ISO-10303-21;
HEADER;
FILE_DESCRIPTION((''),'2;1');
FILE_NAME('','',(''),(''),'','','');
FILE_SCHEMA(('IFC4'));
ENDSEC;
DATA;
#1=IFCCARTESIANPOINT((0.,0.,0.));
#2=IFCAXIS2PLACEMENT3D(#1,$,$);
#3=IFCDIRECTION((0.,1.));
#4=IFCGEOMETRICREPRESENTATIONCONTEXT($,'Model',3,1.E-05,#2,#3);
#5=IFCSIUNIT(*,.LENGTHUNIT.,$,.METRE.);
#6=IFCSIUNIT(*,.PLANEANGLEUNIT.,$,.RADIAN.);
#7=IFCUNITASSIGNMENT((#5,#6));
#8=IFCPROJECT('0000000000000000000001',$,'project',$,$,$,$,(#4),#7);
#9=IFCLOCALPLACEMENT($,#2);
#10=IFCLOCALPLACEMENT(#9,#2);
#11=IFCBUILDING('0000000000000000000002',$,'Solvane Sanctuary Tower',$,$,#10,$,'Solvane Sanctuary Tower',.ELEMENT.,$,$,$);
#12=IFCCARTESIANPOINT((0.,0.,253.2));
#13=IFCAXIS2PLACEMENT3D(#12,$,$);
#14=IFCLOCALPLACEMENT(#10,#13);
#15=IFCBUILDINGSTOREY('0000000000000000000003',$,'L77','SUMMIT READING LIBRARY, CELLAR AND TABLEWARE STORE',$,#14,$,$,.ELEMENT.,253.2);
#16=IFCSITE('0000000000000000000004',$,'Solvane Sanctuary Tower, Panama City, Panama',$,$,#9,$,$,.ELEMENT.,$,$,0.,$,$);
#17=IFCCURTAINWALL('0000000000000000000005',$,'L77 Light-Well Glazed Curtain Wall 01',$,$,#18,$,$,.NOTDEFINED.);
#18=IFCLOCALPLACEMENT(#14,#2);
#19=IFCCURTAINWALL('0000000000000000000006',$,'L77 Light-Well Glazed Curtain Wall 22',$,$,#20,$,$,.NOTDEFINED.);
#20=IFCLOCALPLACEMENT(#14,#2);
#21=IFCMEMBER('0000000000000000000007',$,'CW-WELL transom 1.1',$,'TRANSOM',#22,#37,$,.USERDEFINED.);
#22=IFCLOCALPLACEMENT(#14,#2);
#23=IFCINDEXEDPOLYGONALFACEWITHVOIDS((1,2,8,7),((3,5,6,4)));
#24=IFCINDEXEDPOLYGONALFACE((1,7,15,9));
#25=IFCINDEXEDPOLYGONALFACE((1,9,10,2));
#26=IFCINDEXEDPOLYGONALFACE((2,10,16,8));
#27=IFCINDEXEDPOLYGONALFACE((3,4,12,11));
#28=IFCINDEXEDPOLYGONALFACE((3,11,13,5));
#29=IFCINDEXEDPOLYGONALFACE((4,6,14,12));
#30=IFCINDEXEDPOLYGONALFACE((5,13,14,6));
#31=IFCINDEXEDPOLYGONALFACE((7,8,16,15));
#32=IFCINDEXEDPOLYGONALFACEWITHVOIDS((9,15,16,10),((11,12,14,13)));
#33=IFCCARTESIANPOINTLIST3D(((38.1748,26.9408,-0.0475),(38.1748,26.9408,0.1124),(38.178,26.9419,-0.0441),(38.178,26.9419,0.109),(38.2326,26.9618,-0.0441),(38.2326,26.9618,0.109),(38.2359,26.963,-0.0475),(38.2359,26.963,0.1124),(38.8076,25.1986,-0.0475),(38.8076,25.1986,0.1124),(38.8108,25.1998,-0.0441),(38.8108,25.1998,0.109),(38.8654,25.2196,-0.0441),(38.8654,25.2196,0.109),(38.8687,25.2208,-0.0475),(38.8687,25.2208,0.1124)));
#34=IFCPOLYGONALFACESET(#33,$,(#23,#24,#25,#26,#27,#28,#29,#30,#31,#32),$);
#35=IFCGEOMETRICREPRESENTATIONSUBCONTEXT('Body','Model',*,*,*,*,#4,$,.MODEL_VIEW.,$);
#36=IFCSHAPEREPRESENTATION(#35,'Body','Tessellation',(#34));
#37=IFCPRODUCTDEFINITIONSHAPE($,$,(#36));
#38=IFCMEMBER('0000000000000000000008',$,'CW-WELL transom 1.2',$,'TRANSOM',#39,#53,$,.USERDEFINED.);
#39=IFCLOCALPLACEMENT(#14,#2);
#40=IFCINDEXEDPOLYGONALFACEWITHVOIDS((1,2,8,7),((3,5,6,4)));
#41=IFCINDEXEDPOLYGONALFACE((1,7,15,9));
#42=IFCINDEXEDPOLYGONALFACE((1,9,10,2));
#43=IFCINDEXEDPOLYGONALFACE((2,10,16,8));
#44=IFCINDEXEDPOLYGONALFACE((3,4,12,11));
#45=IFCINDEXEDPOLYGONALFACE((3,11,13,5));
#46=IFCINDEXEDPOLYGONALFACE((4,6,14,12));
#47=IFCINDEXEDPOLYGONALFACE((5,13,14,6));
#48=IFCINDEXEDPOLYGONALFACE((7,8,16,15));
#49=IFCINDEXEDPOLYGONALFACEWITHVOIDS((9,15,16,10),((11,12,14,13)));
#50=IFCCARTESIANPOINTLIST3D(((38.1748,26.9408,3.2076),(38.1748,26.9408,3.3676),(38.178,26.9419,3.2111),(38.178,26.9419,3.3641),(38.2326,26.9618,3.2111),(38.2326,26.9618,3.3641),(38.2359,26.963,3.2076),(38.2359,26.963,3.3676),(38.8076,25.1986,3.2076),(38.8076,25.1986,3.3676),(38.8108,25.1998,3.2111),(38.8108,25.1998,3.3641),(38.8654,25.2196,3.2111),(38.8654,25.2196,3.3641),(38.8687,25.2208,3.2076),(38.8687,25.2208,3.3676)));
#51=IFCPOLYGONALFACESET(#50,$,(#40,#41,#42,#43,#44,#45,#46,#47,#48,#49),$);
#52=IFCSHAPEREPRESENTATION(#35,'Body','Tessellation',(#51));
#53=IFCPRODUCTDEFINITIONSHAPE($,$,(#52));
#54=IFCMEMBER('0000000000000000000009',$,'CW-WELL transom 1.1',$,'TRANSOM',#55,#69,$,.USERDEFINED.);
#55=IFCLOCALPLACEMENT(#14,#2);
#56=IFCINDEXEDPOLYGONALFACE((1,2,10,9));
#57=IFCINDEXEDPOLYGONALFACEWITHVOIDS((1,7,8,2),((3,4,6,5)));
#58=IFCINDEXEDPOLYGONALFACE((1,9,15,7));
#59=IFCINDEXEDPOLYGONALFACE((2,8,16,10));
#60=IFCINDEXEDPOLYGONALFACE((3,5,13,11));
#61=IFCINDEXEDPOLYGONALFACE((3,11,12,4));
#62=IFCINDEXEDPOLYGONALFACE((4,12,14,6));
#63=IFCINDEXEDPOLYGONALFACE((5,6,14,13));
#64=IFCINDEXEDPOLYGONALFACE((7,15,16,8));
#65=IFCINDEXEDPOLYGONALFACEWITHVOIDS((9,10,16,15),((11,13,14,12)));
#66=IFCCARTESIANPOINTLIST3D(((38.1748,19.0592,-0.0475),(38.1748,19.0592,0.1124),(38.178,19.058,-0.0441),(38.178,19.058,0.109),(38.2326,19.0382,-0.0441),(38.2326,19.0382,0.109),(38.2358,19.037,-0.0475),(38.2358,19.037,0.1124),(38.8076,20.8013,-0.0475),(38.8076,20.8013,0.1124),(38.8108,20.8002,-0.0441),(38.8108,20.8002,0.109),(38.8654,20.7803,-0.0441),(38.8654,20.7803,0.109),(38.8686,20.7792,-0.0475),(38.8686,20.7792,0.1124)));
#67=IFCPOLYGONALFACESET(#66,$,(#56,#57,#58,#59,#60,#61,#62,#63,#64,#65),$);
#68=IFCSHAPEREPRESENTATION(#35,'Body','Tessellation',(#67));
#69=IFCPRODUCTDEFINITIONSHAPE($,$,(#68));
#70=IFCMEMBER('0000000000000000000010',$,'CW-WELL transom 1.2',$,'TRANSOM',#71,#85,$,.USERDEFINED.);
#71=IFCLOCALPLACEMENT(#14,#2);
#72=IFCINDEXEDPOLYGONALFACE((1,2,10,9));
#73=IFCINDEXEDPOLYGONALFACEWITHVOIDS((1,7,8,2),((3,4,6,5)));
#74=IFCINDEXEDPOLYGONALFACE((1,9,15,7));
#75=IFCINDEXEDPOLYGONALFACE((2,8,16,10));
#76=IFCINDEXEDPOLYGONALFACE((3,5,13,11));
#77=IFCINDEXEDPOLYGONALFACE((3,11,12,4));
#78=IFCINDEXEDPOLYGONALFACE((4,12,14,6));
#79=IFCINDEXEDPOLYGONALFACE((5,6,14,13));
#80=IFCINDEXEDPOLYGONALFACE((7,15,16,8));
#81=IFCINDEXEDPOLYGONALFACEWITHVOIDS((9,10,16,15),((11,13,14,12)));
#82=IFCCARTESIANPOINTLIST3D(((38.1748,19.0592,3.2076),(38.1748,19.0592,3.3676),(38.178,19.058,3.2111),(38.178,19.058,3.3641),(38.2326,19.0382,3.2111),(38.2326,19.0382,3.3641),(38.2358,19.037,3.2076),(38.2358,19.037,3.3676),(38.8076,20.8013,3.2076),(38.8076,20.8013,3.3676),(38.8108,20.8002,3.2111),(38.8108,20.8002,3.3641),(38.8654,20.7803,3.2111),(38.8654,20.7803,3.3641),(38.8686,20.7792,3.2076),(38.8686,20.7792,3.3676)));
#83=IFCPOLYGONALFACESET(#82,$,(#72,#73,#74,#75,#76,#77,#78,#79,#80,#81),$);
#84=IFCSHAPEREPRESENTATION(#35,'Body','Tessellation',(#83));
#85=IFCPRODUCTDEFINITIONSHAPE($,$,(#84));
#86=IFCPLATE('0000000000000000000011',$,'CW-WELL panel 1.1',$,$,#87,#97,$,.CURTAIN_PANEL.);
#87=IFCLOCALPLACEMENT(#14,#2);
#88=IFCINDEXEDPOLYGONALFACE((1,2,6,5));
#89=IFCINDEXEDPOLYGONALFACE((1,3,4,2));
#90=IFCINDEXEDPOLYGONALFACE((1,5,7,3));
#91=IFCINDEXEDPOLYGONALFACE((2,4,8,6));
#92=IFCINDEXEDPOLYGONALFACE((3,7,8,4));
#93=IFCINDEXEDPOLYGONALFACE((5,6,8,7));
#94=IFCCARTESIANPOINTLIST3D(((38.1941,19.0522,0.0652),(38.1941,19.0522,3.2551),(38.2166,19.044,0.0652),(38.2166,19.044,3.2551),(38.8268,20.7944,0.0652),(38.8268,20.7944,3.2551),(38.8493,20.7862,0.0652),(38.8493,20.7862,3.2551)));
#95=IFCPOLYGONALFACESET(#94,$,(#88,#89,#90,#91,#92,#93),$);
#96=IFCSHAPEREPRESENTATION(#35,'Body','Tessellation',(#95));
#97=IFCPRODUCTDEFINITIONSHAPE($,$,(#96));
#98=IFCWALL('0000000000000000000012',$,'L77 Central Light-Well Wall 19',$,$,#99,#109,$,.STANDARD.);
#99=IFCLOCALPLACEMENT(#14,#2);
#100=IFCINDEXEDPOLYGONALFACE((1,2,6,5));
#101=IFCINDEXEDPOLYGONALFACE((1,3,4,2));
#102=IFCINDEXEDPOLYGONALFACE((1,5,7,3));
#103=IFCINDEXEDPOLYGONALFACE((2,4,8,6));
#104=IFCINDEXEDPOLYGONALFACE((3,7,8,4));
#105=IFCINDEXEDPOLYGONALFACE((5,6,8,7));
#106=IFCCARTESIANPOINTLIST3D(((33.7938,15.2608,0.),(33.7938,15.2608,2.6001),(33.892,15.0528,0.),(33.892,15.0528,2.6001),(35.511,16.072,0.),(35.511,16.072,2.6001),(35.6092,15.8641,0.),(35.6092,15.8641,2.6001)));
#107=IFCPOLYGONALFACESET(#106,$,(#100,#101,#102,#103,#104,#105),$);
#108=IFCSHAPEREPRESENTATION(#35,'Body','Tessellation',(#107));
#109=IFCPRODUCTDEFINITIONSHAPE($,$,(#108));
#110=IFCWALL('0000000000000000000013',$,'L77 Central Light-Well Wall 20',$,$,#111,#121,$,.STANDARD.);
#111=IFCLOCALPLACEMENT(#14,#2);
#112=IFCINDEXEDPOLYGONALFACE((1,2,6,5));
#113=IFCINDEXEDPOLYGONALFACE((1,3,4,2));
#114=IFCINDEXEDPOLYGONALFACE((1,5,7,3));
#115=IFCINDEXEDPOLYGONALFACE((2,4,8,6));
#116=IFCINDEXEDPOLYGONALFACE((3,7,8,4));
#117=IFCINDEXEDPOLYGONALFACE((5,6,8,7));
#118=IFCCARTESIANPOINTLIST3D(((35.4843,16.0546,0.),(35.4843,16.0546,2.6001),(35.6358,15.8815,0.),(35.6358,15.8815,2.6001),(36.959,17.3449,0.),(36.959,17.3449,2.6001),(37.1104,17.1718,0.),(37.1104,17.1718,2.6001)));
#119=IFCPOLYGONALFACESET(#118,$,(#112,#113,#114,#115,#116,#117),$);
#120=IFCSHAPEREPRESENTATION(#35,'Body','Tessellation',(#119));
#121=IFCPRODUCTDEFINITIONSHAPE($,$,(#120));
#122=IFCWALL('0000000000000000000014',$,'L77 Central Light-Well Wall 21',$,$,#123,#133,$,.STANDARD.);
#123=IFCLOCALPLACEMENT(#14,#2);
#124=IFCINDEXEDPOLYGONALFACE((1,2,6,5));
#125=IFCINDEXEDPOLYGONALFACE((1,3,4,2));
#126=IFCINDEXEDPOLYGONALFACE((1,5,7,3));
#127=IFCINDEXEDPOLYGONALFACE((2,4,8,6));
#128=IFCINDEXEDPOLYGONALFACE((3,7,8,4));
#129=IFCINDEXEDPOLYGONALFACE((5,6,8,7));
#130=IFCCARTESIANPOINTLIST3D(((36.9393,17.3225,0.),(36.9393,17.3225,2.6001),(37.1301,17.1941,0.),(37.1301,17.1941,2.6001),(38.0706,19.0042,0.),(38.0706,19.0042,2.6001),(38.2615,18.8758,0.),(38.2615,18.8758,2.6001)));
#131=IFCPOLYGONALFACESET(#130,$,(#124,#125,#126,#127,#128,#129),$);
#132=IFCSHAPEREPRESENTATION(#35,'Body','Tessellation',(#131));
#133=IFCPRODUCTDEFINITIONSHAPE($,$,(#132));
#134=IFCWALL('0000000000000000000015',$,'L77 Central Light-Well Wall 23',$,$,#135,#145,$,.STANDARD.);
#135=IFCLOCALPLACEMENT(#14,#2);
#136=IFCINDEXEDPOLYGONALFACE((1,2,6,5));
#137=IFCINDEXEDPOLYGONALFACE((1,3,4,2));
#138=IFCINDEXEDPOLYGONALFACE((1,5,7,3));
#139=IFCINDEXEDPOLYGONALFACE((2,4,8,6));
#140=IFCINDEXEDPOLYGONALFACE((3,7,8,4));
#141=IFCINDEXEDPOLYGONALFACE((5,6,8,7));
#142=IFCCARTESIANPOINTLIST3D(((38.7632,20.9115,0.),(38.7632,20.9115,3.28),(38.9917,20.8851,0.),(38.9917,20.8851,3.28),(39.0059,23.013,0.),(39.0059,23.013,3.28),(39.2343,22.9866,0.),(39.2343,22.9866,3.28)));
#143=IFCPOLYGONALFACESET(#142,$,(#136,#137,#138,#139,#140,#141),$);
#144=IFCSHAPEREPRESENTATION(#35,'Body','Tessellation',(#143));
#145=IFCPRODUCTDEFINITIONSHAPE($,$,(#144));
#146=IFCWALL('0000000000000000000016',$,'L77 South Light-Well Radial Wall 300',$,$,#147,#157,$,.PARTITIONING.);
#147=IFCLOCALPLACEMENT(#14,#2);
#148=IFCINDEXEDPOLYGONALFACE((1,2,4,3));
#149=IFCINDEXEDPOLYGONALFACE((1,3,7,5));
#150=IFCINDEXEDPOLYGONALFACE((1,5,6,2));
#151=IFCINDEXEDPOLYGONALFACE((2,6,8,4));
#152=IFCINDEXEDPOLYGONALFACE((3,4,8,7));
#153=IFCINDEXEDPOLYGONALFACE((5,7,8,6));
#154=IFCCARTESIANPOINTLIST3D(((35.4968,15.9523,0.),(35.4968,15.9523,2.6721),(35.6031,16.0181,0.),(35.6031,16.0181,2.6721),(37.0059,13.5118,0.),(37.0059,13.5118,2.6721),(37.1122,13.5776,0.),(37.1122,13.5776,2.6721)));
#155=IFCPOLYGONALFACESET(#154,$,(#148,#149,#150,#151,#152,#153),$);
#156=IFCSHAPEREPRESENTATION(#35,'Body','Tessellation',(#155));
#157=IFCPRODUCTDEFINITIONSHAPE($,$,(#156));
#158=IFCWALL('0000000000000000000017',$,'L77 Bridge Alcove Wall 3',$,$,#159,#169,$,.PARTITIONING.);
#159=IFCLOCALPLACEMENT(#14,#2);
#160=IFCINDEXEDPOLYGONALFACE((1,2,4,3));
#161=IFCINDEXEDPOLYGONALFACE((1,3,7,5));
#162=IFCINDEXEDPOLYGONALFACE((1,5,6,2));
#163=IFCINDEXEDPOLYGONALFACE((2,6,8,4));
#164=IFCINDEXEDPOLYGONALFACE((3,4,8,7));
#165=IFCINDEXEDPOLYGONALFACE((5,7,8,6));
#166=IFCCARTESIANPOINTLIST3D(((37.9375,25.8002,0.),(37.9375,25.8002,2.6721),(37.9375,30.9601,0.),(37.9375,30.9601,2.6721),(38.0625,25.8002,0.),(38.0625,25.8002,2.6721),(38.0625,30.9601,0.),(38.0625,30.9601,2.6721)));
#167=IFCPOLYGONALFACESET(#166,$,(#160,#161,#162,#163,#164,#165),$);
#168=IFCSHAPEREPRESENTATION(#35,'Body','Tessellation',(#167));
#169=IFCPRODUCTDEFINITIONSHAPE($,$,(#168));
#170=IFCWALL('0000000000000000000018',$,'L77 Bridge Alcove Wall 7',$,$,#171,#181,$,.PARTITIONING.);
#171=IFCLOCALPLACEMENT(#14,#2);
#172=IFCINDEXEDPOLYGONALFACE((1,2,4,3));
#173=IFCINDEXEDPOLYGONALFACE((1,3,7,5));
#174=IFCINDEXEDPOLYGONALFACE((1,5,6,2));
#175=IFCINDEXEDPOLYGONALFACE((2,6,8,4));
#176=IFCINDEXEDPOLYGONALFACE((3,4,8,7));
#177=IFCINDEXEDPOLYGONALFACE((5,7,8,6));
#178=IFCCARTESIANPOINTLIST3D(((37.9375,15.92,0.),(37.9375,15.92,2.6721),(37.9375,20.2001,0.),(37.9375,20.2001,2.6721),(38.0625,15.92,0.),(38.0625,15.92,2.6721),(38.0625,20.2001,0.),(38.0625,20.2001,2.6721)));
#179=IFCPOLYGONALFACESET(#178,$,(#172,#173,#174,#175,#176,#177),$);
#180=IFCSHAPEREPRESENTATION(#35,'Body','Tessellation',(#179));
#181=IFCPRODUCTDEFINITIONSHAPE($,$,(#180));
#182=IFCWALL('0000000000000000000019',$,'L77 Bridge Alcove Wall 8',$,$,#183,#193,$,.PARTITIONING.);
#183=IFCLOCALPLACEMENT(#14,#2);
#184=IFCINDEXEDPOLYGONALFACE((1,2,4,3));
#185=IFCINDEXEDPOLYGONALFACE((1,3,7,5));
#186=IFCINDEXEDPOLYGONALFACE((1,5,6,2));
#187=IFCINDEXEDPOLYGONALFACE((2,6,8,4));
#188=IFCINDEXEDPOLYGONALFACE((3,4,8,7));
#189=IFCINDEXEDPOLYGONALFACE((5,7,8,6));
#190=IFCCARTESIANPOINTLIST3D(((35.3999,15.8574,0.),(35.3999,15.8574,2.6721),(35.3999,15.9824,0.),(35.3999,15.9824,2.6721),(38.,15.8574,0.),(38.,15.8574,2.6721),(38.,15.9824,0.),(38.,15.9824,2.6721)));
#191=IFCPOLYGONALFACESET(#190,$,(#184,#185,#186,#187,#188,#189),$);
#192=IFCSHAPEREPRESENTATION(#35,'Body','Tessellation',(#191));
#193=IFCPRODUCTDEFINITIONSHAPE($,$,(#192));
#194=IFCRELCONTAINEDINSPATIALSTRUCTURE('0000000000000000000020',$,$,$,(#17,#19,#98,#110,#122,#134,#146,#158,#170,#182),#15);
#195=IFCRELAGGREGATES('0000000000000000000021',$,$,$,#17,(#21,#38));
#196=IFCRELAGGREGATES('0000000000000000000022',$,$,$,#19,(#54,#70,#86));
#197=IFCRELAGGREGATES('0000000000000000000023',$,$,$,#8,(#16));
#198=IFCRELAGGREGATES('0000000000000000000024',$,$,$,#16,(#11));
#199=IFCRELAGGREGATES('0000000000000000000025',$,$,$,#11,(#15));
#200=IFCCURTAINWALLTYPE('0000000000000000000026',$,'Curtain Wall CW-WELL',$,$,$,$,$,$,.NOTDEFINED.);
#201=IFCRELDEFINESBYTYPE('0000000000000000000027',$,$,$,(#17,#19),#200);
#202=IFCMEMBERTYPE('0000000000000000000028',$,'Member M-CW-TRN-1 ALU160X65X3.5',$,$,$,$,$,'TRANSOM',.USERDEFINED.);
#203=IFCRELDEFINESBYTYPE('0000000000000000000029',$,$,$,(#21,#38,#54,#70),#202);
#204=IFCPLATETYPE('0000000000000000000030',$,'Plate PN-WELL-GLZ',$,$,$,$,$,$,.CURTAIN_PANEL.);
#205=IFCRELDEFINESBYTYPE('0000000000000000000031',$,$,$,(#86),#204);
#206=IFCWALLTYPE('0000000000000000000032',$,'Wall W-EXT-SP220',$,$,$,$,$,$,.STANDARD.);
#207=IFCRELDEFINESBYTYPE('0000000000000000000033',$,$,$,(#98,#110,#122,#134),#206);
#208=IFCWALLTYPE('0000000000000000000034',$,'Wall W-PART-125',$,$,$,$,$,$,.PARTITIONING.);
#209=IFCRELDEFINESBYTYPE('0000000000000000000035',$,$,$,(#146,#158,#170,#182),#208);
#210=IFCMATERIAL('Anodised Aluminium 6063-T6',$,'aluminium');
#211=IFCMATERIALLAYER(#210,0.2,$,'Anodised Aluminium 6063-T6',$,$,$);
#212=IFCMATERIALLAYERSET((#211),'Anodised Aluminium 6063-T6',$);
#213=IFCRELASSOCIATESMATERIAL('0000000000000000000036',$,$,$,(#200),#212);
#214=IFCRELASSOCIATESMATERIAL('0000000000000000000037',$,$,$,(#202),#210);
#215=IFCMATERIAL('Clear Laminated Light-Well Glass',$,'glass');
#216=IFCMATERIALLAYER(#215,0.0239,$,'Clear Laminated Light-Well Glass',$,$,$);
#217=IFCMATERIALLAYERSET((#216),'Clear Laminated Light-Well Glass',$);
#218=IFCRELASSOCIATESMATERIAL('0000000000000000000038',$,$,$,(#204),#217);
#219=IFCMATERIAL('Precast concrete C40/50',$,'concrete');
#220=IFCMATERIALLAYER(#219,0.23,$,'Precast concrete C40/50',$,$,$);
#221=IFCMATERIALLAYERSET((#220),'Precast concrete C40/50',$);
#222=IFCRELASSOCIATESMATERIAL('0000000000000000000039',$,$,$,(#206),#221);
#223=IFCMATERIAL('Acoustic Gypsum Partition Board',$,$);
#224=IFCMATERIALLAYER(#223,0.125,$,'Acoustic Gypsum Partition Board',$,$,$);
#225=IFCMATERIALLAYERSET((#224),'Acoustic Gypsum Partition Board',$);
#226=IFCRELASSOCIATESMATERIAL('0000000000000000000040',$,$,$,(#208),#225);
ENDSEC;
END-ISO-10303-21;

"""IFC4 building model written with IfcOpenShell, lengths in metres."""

from ifc_helpers import new_model, si_unit, direction, frame, frame_2d, origin, origin_2d, place, context, subcontext, project, spatial, rectangle, hollow_rectangle, extrude, material, layer, layer_set, material_profile, profile_set, type_object, element, aggregate, save


model = new_model("IFC4")

# Units and contexts
model_context = context("Model", 3, precision=1e-05, world=origin(), true_north=direction((0.0, 1.0)))
body_context = subcontext(model_context, "Body", "Model", "MODEL_VIEW")
ifc_project = project(units=[si_unit("LENGTHUNIT", "METRE"), si_unit("PLANEANGLEUNIT", "RADIAN")], contexts=[model_context])

# Site, building, storey
site_placement = place(None, origin())
site = spatial("IfcSite", under=ifc_project, at=site_placement, Name="Solvane Sanctuary Tower, Panama City, Panama", CompositionType="ELEMENT", RefElevation=0.0)
building_placement = place(site_placement, origin())
building = spatial("IfcBuilding", under=site, at=building_placement, Name="Solvane Sanctuary Tower", LongName="Solvane Sanctuary Tower", CompositionType="ELEMENT")
storey_placement = place(building_placement, frame((0.0, 0.0, 253.2)))
storey = spatial("IfcBuildingStorey", under=building, at=storey_placement, Name="L77", Description="SUMMIT READING LIBRARY, CELLAR AND TABLEWARE STORE", CompositionType="ELEMENT", Elevation=253.2)

# Curtain wall
ifc_material_1 = material(Name="Anodised Aluminium 6063-T6", Category="aluminium")
ifc_layer_1 = layer(ifc_material_1, 0.2, Name="Anodised Aluminium 6063-T6")
ifc_layer_set_1 = layer_set([ifc_layer_1], Name="Anodised Aluminium 6063-T6")
curtain_wall_type = type_object("IfcCurtainWallType", Name="Curtain Wall CW-WELL", PredefinedType="NOTDEFINED", material=ifc_layer_set_1)
curtain_wall_1_placement = place(storey_placement, origin())
curtain_wall_1 = element("IfcCurtainWall", 1, at=curtain_wall_1_placement, inside=storey, type_object=curtain_wall_type, Name="L77 Light-Well Glazed Curtain Wall 01", PredefinedType="NOTDEFINED")

# Curtain wall
curtain_wall_2_placement = place(storey_placement, origin())
curtain_wall_2 = element("IfcCurtainWall", 2, at=curtain_wall_2_placement, inside=storey, type_object=curtain_wall_type, Name="L77 Light-Well Glazed Curtain Wall 22", PredefinedType="NOTDEFINED")

# Members
ifc_material_profile_1 = material_profile(ifc_material_1, hollow_rectangle(XDim=0.0649, YDim=0.1599, WallThickness=0.0034, at=origin_2d()), Name="ALU160X65X3.5")
ifc_profile_set_1 = profile_set([ifc_material_profile_1], Name="Anodised Aluminium 6063-T6")
member_type_1 = type_object("IfcMemberType", Name="Member M-CW-TRN-1 ALU160X65X3.5", ElementType="TRANSOM", PredefinedType="USERDEFINED", material=ifc_profile_set_1)
member_1_placement = place(storey_placement, frame((38.8381, 25.2097, 0.0325), z_axis=(-0.341405, 0.939916, 0.0), x_axis=(-0.939916, -0.341405, 0.0)))
member_1 = element("IfcMember", 3, at=member_1_placement, type_object=member_type_1, Name="CW-WELL transom 1.1", ObjectType="TRANSOM", PredefinedType="USERDEFINED", context=body_context, shape_type="SweptSolid", body=[
    extrude(hollow_rectangle(XDim=0.0649, YDim=0.1599, WallThickness=0.0034, at=origin_2d()), origin(), (0.0, 0.0, 1.0), 1.8535),
])
member_2_placement = place(storey_placement, frame((38.8381, 25.2097, 3.2876), z_axis=(-0.341405, 0.939916, 0.0), x_axis=(-0.939916, -0.341405, 0.0)))
member_2 = element("IfcMember", 4, at=member_2_placement, type_object=member_type_1, Name="CW-WELL transom 1.2", ObjectType="TRANSOM", PredefinedType="USERDEFINED", context=body_context, shape_type="SweptSolid", body=[
    extrude(hollow_rectangle(XDim=0.0649, YDim=0.1599, WallThickness=0.0034, at=origin_2d()), origin(), (0.0, 0.0, 1.0), 1.8535),
])
aggregate(curtain_wall_1, [member_1, member_2])
member_3_placement = place(storey_placement, frame((38.2053, 19.0481, 0.0325), z_axis=(0.341405, 0.939916, 0.0), x_axis=(-0.939916, 0.341405, 0.0)))
member_3 = element("IfcMember", 5, at=member_3_placement, type_object=member_type_1, Name="CW-WELL transom 1.1", ObjectType="TRANSOM", PredefinedType="USERDEFINED", context=body_context, shape_type="SweptSolid", body=[
    extrude(hollow_rectangle(XDim=0.0649, YDim=0.1599, WallThickness=0.0034, at=origin_2d()), origin(), (0.0, 0.0, 1.0), 1.8535),
])
member_4_placement = place(storey_placement, frame((38.2053, 19.0481, 3.2876), z_axis=(0.341405, 0.939916, 0.0), x_axis=(-0.939916, 0.341405, 0.0)))
member_4 = element("IfcMember", 6, at=member_4_placement, type_object=member_type_1, Name="CW-WELL transom 1.2", ObjectType="TRANSOM", PredefinedType="USERDEFINED", context=body_context, shape_type="SweptSolid", body=[
    extrude(hollow_rectangle(XDim=0.0649, YDim=0.1599, WallThickness=0.0034, at=origin_2d()), origin(), (0.0, 0.0, 1.0), 1.8535),
])

# Plate
ifc_material_2 = material(Name="Clear Laminated Light-Well Glass", Category="glass")
ifc_layer_2 = layer(ifc_material_2, 0.0239, Name="Clear Laminated Light-Well Glass")
ifc_layer_set_2 = layer_set([ifc_layer_2], Name="Clear Laminated Light-Well Glass")
plate_type = type_object("IfcPlateType", Name="Plate PN-WELL-GLZ", PredefinedType="CURTAIN_PANEL", material=ifc_layer_set_2)
plate_placement = place(storey_placement, frame((38.5217, 19.9192, 0.0652), z_axis=(0.0, 0.0, 1.0), x_axis=(0.341358, 0.939933, 0.0)))
plate = element("IfcPlate", 7, at=plate_placement, type_object=plate_type, Name="CW-WELL panel 1.1", PredefinedType="CURTAIN_PANEL", context=body_context, shape_type="SweptSolid", body=[
    extrude(rectangle(XDim=1.8535, YDim=0.0239, at=origin_2d()), origin(), (0.0, 0.0, 1.0), 3.1899),
])
aggregate(curtain_wall_2, [member_3, member_4, plate])

# Walls
ifc_material_3 = material(Name="Precast concrete C40/50", Category="concrete")
ifc_layer_3 = layer(ifc_material_3, 0.23, Name="Precast concrete C40/50")
ifc_layer_set_3 = layer_set([ifc_layer_3], Name="Precast concrete C40/50")
wall_type_1 = type_object("IfcWallType", Name="Wall W-EXT-SP220", PredefinedType="STANDARD", material=ifc_layer_set_3)
wall_1_placement = place(storey_placement, frame((33.8428, 15.1567, 0.0), z_axis=(0.0, 0.0, 1.0), x_axis=(0.90418, 0.427152, 0.0)))
element("IfcWall", 8, at=wall_1_placement, inside=storey, type_object=wall_type_1, Name="L77 Central Light-Well Wall 19", PredefinedType="STANDARD", context=body_context, shape_type="SweptSolid", body=[
    extrude(rectangle(XDim=1.8992, YDim=0.23, at=frame_2d((0.9497, 0.0))), origin(), (0.0, 0.0, 1.0), 2.6001),
])
wall_2_placement = place(storey_placement, frame((35.5601, 15.968, 0.0), z_axis=(0.0, 0.0, 1.0), x_axis=(0.752577, 0.658505, 0.0)))
element("IfcWall", 9, at=wall_2_placement, inside=storey, type_object=wall_type_1, Name="L77 Central Light-Well Wall 20", PredefinedType="STANDARD", context=body_context, shape_type="SweptSolid", body=[
    extrude(rectangle(XDim=1.9595, YDim=0.23, at=frame_2d((0.9797, 0.0))), origin(), (0.0, 0.0, 1.0), 2.6001),
])
wall_3_placement = place(storey_placement, frame((37.0347, 17.2583, 0.0), z_axis=(0.0, 0.0, 1.0), x_axis=(0.558198, 0.829708, 0.0)))
element("IfcWall", 10, at=wall_3_placement, inside=storey, type_object=wall_type_1, Name="L77 Central Light-Well Wall 21", PredefinedType="STANDARD", context=body_context, shape_type="SweptSolid", body=[
    extrude(rectangle(XDim=2.0269, YDim=0.23, at=frame_2d((1.0134, 0.0))), origin(), (0.0, 0.0, 1.0), 2.6001),
])
wall_4_placement = place(storey_placement, frame((38.8774, 20.8984, 0.0), z_axis=(0.0, 0.0, 1.0), x_axis=(0.114712, 0.993399, 0.0)))
element("IfcWall", 11, at=wall_4_placement, inside=storey, type_object=wall_type_1, Name="L77 Central Light-Well Wall 23", PredefinedType="STANDARD", context=body_context, shape_type="SweptSolid", body=[
    extrude(rectangle(XDim=2.1155, YDim=0.23, at=frame_2d((1.0576, 0.0))), origin(), (0.0, 0.0, 1.0), 3.28),
])
ifc_material_4 = material(Name="Acoustic Gypsum Partition Board")
ifc_layer_4 = layer(ifc_material_4, 0.125, Name="Acoustic Gypsum Partition Board")
ifc_layer_set_4 = layer_set([ifc_layer_4], Name="Acoustic Gypsum Partition Board")
wall_type_2 = type_object("IfcWallType", Name="Wall W-PART-125", PredefinedType="PARTITIONING", material=ifc_layer_set_4)
wall_5_placement = place(storey_placement, frame((35.55, 15.9851, 0.0), z_axis=(0.0, 0.0, 1.0), x_axis=(0.525924, -0.850532, 0.0)))
element("IfcWall", 12, at=wall_5_placement, inside=storey, type_object=wall_type_2, Name="L77 South Light-Well Radial Wall 300", PredefinedType="PARTITIONING", context=body_context, shape_type="SweptSolid", body=[
    extrude(rectangle(XDim=2.8694, YDim=0.125, at=frame_2d((1.4346, 0.0))), origin(), (0.0, 0.0, 1.0), 2.6721),
])
wall_6_placement = place(storey_placement, frame((38.0, 25.8, 0.0), z_axis=(0.0, 0.0, 1.0), x_axis=(0.0, 1.0, 0.0)))
element("IfcWall", 13, at=wall_6_placement, inside=storey, type_object=wall_type_2, Name="L77 Bridge Alcove Wall 3", PredefinedType="PARTITIONING", context=body_context, shape_type="SweptSolid", body=[
    extrude(rectangle(XDim=5.1599, YDim=0.125, at=frame_2d((2.5801, 0.0))), origin(), (0.0, 0.0, 1.0), 2.6721),
])
wall_7_placement = place(storey_placement, frame((38.0, 15.9199, 0.0), z_axis=(0.0, 0.0, 1.0), x_axis=(0.0, 1.0, 0.0)))
element("IfcWall", 14, at=wall_7_placement, inside=storey, type_object=wall_type_2, Name="L77 Bridge Alcove Wall 7", PredefinedType="PARTITIONING", context=body_context, shape_type="SweptSolid", body=[
    extrude(rectangle(XDim=4.28, YDim=0.125, at=frame_2d((2.1401, 0.0))), origin(), (0.0, 0.0, 1.0), 2.6721),
])
wall_8_placement = place(storey_placement, frame((35.3999, 15.9199, 0.0), z_axis=(0.0, 0.0, 1.0), x_axis=(1.0, 0.0, 0.0)))
element("IfcWall", 15, at=wall_8_placement, inside=storey, type_object=wall_type_2, Name="L77 Bridge Alcove Wall 8", PredefinedType="PARTITIONING", context=body_context, shape_type="SweptSolid", body=[
    extrude(rectangle(XDim=2.6001, YDim=0.125, at=frame_2d((1.3, 0.0))), origin(), (0.0, 0.0, 1.0), 2.6721),
])

save(model, "model.ifc")
